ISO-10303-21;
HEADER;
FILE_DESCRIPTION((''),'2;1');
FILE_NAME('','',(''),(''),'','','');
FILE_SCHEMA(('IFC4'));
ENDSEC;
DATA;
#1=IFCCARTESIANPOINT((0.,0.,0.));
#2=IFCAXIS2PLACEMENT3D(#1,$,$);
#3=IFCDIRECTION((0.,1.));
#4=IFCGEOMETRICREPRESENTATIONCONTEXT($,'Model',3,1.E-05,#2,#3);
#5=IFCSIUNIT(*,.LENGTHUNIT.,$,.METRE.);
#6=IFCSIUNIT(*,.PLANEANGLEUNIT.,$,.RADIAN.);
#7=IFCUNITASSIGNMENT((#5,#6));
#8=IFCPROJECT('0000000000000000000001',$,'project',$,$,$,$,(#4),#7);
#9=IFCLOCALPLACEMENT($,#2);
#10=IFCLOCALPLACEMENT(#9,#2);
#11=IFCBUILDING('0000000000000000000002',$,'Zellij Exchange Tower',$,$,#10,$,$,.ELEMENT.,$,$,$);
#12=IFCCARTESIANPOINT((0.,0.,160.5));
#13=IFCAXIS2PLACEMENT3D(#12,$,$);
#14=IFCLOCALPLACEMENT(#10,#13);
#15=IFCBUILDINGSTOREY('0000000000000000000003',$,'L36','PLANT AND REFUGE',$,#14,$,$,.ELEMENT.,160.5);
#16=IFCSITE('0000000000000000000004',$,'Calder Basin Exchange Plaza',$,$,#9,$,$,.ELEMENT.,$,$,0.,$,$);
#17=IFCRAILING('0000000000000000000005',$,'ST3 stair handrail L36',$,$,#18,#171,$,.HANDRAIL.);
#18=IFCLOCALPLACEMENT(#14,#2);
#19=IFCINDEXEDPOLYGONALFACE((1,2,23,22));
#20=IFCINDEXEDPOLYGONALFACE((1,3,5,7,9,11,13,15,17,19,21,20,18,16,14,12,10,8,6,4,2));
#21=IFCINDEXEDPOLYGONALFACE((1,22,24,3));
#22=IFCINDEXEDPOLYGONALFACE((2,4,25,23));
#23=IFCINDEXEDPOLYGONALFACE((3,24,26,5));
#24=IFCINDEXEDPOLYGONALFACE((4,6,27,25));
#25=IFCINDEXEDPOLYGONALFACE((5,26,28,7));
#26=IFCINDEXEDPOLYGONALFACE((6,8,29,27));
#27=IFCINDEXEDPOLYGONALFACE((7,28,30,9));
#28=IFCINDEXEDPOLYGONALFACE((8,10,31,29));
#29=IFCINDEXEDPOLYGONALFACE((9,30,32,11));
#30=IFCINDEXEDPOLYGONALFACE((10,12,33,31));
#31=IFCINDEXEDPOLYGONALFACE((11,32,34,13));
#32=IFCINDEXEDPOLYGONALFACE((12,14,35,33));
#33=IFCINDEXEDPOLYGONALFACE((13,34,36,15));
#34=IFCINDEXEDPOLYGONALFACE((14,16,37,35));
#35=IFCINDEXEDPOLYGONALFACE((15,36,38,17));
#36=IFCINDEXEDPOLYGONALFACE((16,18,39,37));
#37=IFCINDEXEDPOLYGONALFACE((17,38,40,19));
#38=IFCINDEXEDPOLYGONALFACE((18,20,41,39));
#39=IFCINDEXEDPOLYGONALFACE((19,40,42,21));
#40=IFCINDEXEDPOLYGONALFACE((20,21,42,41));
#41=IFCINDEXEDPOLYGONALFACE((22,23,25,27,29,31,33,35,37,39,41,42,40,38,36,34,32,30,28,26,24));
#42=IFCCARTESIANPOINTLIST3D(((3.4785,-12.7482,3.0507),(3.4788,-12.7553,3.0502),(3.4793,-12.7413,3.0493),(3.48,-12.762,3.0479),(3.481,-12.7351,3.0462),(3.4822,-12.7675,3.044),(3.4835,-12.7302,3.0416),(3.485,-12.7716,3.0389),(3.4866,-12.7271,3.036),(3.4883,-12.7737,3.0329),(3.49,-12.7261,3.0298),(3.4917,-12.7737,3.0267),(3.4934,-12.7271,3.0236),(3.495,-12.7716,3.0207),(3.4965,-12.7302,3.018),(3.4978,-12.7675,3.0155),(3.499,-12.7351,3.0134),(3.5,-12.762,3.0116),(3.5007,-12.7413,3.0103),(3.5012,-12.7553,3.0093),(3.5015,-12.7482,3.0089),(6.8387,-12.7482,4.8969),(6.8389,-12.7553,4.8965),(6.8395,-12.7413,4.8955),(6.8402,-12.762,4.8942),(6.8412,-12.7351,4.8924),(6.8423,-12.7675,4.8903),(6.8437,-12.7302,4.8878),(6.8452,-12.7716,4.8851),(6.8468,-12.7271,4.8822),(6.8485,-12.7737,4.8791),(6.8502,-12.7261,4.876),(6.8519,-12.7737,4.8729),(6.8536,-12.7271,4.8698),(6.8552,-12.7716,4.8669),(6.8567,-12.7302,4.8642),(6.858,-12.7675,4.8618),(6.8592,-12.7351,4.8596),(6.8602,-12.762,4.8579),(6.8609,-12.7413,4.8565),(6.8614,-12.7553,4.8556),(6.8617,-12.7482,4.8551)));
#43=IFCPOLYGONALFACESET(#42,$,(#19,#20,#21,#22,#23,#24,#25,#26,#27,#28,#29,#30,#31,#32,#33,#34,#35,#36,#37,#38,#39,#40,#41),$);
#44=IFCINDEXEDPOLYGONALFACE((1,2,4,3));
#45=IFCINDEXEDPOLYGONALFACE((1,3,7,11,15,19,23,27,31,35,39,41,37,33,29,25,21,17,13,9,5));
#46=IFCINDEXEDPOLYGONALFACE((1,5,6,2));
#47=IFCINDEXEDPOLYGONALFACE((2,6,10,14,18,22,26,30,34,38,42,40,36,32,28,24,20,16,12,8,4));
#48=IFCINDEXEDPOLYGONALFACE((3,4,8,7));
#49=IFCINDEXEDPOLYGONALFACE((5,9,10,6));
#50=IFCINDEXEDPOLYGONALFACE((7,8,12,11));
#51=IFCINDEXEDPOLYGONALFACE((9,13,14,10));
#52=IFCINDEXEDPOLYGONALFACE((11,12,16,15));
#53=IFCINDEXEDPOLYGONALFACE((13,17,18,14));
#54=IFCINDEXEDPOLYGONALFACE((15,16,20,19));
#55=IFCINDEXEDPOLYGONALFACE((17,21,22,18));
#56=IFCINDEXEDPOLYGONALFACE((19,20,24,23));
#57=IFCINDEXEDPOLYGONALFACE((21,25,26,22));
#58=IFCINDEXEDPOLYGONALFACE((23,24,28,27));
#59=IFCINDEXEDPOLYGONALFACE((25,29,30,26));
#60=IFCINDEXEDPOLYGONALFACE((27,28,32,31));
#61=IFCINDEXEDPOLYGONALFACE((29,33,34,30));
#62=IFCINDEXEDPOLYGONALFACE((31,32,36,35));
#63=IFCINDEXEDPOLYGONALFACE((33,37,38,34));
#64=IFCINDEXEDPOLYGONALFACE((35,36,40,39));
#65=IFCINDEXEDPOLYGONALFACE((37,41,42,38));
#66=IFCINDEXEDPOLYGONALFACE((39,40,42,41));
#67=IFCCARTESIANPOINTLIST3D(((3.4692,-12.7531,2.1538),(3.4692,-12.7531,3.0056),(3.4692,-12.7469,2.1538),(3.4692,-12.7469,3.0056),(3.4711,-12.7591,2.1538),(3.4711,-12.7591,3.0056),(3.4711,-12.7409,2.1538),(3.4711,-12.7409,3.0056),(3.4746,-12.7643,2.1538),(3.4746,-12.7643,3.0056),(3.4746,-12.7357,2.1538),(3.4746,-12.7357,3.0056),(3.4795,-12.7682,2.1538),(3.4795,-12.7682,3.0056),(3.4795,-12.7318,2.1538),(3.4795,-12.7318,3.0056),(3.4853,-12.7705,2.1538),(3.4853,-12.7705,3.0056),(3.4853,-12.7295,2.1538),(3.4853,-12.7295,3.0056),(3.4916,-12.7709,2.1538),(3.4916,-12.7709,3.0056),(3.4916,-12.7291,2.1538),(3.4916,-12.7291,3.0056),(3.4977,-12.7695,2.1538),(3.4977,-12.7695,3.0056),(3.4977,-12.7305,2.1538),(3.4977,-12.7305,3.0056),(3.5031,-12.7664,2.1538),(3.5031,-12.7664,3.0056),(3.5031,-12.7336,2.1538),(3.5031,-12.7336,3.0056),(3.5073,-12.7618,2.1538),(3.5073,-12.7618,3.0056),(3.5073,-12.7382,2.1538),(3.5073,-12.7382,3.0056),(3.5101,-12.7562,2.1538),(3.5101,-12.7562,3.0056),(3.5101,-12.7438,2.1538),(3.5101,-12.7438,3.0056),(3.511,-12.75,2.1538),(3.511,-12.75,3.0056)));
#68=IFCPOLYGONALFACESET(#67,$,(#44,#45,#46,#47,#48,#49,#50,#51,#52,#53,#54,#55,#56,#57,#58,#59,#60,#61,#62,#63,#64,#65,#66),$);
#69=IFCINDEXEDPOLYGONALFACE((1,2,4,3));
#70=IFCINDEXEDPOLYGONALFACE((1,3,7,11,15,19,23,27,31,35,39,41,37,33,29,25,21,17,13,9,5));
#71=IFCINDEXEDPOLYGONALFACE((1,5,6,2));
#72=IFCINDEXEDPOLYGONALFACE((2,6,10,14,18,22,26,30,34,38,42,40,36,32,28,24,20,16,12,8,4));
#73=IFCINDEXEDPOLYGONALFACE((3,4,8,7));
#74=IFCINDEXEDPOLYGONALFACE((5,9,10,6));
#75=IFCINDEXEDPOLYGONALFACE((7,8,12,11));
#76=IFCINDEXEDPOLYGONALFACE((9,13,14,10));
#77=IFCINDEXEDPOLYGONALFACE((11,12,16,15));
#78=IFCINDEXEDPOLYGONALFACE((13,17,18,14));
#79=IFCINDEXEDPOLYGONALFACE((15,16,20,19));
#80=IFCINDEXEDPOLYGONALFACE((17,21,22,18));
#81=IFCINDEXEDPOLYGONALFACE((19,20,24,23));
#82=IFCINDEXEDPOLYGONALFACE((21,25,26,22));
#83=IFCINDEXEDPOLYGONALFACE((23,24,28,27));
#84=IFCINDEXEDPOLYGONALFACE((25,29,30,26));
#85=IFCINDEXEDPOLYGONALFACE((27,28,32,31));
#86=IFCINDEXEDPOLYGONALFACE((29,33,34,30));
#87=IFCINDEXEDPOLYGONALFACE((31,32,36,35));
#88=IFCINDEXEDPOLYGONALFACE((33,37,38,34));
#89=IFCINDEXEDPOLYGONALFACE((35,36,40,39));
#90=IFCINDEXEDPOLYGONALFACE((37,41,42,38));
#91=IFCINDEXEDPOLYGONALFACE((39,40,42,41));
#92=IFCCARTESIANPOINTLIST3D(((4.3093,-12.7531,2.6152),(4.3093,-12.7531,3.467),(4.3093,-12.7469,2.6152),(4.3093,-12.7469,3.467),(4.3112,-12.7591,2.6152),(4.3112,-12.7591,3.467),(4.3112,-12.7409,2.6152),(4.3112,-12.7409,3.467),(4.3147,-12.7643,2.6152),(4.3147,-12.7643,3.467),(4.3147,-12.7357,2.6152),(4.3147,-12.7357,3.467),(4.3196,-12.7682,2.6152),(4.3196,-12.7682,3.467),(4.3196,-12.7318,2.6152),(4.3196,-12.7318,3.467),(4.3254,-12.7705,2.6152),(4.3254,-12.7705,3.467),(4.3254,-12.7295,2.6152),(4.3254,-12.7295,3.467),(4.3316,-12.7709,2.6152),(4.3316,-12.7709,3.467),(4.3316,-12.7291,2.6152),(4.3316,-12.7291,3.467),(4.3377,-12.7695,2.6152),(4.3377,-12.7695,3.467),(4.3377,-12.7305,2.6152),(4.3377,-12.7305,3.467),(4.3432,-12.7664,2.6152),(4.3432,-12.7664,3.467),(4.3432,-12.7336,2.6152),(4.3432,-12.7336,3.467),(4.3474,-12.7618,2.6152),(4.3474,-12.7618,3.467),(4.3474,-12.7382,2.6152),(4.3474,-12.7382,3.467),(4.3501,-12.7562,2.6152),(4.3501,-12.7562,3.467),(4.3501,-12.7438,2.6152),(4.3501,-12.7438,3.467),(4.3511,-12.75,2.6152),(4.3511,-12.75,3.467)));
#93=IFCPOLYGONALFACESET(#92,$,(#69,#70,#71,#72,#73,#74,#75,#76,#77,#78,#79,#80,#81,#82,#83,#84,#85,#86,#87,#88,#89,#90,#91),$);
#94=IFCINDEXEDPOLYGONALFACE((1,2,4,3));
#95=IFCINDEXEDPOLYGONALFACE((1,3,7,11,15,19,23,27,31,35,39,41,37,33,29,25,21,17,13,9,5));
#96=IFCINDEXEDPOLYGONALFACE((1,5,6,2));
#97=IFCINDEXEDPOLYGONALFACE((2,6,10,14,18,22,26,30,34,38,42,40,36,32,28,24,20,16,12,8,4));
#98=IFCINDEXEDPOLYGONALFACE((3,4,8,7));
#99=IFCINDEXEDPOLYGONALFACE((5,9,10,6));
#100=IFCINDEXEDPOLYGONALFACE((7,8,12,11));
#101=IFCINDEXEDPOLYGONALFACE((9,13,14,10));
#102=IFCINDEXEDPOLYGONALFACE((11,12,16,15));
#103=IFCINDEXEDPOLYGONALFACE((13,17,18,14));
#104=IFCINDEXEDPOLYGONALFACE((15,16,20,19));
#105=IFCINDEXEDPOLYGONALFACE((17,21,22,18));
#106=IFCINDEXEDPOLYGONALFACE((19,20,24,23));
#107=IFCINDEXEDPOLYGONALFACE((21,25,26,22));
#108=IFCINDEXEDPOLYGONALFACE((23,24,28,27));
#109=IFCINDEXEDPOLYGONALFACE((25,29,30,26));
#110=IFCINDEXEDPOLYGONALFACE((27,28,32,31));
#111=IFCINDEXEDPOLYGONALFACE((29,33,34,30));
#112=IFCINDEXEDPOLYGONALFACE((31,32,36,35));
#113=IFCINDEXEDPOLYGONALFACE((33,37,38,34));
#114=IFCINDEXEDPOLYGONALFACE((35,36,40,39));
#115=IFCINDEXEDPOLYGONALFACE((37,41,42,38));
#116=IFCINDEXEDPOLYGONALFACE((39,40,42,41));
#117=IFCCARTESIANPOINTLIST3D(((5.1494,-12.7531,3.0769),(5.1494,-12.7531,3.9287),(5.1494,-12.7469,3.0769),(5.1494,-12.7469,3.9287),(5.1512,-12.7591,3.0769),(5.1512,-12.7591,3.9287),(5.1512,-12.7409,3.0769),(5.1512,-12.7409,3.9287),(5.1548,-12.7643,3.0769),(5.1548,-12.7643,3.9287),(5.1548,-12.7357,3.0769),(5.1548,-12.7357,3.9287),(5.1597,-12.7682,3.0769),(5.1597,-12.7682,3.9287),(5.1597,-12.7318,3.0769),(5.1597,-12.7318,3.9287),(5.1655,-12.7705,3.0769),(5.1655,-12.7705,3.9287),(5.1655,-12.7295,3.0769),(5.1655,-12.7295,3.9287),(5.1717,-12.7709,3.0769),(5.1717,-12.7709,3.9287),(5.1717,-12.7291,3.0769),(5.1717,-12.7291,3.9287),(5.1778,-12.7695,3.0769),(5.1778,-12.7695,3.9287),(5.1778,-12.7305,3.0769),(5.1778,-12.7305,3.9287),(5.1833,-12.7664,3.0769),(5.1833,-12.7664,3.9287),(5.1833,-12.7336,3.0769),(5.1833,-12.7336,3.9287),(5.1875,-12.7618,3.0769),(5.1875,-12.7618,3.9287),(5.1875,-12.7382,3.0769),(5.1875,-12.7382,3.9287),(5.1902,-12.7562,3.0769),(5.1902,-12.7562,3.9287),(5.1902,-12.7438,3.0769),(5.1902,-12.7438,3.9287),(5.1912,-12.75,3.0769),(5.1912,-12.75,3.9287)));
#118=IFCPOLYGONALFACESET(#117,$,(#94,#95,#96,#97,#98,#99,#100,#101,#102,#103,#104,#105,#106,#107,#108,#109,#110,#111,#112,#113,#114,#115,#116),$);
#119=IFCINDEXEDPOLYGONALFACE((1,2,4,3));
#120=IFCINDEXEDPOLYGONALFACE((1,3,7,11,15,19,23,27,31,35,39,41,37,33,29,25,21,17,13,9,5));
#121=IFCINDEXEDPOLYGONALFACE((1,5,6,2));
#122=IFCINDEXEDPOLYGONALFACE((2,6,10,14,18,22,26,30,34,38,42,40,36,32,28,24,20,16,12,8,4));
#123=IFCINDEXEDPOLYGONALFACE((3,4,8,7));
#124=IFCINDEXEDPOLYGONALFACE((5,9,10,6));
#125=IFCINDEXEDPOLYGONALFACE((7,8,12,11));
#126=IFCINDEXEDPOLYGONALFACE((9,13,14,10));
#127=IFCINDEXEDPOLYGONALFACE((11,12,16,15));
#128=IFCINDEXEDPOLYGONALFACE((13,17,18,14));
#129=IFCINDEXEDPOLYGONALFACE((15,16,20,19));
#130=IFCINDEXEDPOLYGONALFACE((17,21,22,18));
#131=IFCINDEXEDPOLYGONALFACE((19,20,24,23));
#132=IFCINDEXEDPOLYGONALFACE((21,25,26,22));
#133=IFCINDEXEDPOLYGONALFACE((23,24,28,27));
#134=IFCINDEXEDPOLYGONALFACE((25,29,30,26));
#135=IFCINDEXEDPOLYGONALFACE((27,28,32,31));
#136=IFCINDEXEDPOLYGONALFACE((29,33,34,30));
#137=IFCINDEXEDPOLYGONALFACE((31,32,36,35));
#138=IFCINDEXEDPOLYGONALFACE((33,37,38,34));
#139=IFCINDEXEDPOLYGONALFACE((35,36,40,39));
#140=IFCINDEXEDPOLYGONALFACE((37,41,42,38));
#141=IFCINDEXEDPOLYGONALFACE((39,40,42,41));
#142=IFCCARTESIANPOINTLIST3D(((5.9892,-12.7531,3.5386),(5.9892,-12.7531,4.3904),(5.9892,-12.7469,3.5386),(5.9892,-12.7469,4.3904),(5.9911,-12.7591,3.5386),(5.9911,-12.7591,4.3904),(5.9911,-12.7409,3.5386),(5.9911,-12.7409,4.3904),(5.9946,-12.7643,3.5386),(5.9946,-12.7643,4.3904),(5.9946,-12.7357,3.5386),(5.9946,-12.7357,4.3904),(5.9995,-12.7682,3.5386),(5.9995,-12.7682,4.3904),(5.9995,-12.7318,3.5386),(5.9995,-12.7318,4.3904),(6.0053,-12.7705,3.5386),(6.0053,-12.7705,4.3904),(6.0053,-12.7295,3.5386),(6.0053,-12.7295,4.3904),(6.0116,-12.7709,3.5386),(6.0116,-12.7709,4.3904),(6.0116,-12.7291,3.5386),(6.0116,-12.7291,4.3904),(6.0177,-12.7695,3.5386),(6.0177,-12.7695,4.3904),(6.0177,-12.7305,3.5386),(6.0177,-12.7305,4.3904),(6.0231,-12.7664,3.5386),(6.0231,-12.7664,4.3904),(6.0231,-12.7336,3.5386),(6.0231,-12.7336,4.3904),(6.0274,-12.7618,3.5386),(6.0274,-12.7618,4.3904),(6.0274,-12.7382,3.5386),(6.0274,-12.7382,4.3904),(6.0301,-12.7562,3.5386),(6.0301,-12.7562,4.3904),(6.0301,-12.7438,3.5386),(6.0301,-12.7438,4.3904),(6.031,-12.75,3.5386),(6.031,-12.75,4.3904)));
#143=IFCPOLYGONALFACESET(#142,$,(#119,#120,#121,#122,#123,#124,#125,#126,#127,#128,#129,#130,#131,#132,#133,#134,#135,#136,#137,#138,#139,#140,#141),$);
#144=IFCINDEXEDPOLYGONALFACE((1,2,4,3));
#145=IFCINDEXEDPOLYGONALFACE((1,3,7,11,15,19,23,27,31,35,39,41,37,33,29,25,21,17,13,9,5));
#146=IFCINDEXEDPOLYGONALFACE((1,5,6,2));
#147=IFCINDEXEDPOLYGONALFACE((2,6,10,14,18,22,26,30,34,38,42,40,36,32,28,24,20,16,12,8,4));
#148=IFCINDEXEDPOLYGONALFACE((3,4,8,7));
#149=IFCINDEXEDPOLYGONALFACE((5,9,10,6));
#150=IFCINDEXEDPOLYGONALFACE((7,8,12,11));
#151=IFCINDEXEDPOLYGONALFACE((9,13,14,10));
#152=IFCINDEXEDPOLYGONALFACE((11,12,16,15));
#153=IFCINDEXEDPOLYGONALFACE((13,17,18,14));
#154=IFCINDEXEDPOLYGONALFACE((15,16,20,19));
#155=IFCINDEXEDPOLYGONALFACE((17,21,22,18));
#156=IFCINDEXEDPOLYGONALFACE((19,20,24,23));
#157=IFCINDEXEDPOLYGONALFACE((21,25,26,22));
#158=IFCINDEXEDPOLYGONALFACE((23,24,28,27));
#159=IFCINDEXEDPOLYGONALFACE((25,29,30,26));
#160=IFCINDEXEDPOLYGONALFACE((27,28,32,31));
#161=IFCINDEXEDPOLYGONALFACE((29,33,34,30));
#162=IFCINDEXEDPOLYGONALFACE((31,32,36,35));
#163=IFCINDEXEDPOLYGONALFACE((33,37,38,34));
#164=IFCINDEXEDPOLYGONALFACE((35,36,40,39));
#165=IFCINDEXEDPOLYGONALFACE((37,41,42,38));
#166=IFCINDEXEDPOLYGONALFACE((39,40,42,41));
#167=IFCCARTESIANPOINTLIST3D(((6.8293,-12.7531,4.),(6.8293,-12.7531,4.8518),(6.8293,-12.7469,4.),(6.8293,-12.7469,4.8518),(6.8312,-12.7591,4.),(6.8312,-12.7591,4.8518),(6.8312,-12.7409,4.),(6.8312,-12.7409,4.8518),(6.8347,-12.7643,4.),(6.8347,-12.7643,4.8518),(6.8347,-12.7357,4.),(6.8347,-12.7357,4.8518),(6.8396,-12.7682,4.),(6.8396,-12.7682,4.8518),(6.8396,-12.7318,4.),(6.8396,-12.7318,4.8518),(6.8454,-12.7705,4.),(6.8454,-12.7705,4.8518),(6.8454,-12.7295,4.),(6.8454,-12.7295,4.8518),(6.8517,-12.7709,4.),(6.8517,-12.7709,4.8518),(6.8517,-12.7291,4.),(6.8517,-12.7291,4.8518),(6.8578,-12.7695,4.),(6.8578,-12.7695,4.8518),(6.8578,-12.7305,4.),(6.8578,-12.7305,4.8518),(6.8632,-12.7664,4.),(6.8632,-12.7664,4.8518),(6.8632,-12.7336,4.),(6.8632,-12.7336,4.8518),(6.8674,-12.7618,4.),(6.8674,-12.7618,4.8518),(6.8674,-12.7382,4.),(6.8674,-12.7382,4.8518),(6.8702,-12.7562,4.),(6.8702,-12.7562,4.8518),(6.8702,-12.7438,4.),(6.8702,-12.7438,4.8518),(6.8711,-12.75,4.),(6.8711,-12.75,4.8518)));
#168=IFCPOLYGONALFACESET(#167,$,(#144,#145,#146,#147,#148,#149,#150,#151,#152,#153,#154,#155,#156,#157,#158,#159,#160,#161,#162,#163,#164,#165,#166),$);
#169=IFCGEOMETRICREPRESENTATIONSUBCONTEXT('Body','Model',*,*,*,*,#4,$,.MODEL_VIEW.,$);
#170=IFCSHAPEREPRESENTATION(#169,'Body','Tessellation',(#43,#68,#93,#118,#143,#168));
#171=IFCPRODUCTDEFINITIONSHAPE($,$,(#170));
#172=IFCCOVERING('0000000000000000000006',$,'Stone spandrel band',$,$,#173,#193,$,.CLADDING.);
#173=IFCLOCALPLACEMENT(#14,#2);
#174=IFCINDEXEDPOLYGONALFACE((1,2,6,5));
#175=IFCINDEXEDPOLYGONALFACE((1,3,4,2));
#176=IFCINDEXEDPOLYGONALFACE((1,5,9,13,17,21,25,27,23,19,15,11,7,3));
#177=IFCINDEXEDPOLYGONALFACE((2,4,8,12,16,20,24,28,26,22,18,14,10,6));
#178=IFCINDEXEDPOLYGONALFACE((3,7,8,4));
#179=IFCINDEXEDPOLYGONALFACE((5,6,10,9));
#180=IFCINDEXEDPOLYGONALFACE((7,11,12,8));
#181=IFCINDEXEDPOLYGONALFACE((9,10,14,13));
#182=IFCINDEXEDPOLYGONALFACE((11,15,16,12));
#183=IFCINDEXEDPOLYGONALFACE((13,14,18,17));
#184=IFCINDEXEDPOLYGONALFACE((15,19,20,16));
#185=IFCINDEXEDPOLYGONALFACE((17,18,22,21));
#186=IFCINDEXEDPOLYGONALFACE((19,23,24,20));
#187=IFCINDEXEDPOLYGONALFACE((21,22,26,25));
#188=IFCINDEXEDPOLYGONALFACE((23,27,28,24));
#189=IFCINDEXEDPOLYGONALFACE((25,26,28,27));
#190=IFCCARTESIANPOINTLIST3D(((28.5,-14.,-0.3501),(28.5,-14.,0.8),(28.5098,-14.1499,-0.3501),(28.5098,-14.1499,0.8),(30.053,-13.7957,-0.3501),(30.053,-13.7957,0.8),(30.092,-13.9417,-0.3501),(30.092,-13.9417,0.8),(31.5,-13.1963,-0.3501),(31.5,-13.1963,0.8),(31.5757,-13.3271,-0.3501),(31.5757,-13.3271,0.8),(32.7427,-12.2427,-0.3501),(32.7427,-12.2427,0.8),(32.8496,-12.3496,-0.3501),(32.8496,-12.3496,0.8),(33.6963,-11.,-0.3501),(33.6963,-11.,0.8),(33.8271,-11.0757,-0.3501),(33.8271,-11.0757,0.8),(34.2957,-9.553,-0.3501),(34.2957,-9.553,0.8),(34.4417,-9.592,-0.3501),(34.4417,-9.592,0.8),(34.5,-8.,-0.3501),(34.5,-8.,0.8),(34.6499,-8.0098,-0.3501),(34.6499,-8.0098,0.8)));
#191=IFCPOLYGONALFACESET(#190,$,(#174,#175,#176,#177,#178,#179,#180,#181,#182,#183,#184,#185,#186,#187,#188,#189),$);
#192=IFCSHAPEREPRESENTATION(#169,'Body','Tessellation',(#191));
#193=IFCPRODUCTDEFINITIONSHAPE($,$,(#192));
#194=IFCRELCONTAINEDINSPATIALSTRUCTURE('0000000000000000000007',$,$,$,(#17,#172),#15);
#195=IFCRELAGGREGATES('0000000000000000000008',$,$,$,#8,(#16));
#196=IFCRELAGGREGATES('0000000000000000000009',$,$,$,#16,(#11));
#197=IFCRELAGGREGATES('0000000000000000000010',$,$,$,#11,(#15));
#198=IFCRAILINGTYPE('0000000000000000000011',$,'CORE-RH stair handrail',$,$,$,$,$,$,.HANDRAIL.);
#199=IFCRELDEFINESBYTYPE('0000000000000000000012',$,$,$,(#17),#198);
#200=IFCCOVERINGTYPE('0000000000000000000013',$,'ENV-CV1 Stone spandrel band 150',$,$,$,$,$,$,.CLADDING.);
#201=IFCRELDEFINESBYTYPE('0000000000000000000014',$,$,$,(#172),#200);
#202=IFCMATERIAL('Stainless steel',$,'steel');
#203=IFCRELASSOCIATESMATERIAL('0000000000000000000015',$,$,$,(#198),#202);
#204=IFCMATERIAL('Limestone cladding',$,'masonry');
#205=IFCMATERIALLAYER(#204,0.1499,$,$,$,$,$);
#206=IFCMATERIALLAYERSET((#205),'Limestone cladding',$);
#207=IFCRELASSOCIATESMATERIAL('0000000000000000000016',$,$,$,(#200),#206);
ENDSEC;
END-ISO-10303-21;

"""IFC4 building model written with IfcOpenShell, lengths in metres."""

from ifc_helpers import new_model, si_unit, direction, frame, origin, origin_2d, place, context, subcontext, project, spatial, polyline, circle, outline, extrude, material, layer, layer_set, type_object, element, save


model = new_model("IFC4")

# Units and contexts
model_context = context("Model", 3, precision=1e-05, world=origin(), true_north=direction((0.0, 1.0)))
body_context = subcontext(model_context, "Body", "Model", "MODEL_VIEW")
ifc_project = project(units=[si_unit("LENGTHUNIT", "METRE"), si_unit("PLANEANGLEUNIT", "RADIAN")], contexts=[model_context])

# Site, building, storey
site_placement = place(None, origin())
site = spatial("IfcSite", under=ifc_project, at=site_placement, Name="Calder Basin Exchange Plaza", CompositionType="ELEMENT", RefElevation=0.0)
building_placement = place(site_placement, origin())
building = spatial("IfcBuilding", under=site, at=building_placement, Name="Zellij Exchange Tower", CompositionType="ELEMENT")
storey_placement = place(building_placement, frame((0.0, 0.0, 160.5)))
storey = spatial("IfcBuildingStorey", under=building, at=storey_placement, Name="L36", Description="PLANT AND REFUGE", CompositionType="ELEMENT", Elevation=160.5)

# Railing
ifc_material_1 = material(Name="Stainless steel", Category="steel")
railing_type_1 = type_object("IfcRailingType", Name="CORE-RH stair handrail", PredefinedType="HANDRAIL", material=ifc_material_1)
railing_1_placement = place(storey_placement, frame((3.49, -12.75, 2.1538)))
element("IfcRailing", 1, at=railing_1_placement, inside=storey, type_object=railing_type_1, Name="ST3 stair handrail L36", PredefinedType="HANDRAIL", context=body_context, shape_type="SweptSolid", body=[
    extrude(circle(Radius=0.0239, at=origin_2d()), frame((0.0, 0.0, 0.876), z_axis=(0.876422, 0.0, 0.481545), x_axis=(0.0, 1.0, 0.0)), (0.0, 0.0, 1.0), 3.834),
    extrude(circle(Radius=0.021, at=origin_2d()), origin(), (0.0, 0.0, 1.0), 0.8518),
    extrude(circle(Radius=0.021, at=origin_2d()), frame((0.8401, 0.0, 0.4614)), (0.0, 0.0, 1.0), 0.8518),
    extrude(circle(Radius=0.021, at=origin_2d()), frame((1.6802, 0.0, 0.9231)), (0.0, 0.0, 1.0), 0.8518),
    extrude(circle(Radius=0.021, at=origin_2d()), frame((2.52, 0.0, 1.3848)), (0.0, 0.0, 1.0), 0.8518),
    extrude(circle(Radius=0.021, at=origin_2d()), frame((3.3601, 0.0, 1.8462)), (0.0, 0.0, 1.0), 0.8518),
])

# Covering
ifc_material_2 = material(Name="Limestone cladding", Category="masonry")
ifc_layer_1 = layer(ifc_material_2, 0.1499)
ifc_layer_set_1 = layer_set([ifc_layer_1], Name="Limestone cladding")
covering_type_1 = type_object("IfcCoveringType", Name="ENV-CV1 Stone spandrel band 150", PredefinedType="CLADDING", material=ifc_layer_set_1)
covering_1_placement = place(storey_placement, frame((0.0, 0.0, -0.3501)))
element("IfcCovering", 2, at=covering_1_placement, inside=storey, type_object=covering_type_1, Name="Stone spandrel band", PredefinedType="CLADDING", context=body_context, shape_type="SweptSolid", body=[
    extrude(outline(polyline([(28.5, -14.0), (30.053, -13.7957), (31.5, -13.1963), (32.7427, -12.2427), (33.6963, -11.0), (34.2957, -9.553), (34.5, -8.0), (34.6499, -8.0098), (34.4417, -9.592), (33.8271, -11.0757), (32.8496, -12.3496), (31.5757, -13.3271), (30.092, -13.9417), (28.5098, -14.1499), (28.5, -14.0)])), origin(), (0.0, 0.0, 1.0), 1.1501),
])

save(model, "model.ifc")
